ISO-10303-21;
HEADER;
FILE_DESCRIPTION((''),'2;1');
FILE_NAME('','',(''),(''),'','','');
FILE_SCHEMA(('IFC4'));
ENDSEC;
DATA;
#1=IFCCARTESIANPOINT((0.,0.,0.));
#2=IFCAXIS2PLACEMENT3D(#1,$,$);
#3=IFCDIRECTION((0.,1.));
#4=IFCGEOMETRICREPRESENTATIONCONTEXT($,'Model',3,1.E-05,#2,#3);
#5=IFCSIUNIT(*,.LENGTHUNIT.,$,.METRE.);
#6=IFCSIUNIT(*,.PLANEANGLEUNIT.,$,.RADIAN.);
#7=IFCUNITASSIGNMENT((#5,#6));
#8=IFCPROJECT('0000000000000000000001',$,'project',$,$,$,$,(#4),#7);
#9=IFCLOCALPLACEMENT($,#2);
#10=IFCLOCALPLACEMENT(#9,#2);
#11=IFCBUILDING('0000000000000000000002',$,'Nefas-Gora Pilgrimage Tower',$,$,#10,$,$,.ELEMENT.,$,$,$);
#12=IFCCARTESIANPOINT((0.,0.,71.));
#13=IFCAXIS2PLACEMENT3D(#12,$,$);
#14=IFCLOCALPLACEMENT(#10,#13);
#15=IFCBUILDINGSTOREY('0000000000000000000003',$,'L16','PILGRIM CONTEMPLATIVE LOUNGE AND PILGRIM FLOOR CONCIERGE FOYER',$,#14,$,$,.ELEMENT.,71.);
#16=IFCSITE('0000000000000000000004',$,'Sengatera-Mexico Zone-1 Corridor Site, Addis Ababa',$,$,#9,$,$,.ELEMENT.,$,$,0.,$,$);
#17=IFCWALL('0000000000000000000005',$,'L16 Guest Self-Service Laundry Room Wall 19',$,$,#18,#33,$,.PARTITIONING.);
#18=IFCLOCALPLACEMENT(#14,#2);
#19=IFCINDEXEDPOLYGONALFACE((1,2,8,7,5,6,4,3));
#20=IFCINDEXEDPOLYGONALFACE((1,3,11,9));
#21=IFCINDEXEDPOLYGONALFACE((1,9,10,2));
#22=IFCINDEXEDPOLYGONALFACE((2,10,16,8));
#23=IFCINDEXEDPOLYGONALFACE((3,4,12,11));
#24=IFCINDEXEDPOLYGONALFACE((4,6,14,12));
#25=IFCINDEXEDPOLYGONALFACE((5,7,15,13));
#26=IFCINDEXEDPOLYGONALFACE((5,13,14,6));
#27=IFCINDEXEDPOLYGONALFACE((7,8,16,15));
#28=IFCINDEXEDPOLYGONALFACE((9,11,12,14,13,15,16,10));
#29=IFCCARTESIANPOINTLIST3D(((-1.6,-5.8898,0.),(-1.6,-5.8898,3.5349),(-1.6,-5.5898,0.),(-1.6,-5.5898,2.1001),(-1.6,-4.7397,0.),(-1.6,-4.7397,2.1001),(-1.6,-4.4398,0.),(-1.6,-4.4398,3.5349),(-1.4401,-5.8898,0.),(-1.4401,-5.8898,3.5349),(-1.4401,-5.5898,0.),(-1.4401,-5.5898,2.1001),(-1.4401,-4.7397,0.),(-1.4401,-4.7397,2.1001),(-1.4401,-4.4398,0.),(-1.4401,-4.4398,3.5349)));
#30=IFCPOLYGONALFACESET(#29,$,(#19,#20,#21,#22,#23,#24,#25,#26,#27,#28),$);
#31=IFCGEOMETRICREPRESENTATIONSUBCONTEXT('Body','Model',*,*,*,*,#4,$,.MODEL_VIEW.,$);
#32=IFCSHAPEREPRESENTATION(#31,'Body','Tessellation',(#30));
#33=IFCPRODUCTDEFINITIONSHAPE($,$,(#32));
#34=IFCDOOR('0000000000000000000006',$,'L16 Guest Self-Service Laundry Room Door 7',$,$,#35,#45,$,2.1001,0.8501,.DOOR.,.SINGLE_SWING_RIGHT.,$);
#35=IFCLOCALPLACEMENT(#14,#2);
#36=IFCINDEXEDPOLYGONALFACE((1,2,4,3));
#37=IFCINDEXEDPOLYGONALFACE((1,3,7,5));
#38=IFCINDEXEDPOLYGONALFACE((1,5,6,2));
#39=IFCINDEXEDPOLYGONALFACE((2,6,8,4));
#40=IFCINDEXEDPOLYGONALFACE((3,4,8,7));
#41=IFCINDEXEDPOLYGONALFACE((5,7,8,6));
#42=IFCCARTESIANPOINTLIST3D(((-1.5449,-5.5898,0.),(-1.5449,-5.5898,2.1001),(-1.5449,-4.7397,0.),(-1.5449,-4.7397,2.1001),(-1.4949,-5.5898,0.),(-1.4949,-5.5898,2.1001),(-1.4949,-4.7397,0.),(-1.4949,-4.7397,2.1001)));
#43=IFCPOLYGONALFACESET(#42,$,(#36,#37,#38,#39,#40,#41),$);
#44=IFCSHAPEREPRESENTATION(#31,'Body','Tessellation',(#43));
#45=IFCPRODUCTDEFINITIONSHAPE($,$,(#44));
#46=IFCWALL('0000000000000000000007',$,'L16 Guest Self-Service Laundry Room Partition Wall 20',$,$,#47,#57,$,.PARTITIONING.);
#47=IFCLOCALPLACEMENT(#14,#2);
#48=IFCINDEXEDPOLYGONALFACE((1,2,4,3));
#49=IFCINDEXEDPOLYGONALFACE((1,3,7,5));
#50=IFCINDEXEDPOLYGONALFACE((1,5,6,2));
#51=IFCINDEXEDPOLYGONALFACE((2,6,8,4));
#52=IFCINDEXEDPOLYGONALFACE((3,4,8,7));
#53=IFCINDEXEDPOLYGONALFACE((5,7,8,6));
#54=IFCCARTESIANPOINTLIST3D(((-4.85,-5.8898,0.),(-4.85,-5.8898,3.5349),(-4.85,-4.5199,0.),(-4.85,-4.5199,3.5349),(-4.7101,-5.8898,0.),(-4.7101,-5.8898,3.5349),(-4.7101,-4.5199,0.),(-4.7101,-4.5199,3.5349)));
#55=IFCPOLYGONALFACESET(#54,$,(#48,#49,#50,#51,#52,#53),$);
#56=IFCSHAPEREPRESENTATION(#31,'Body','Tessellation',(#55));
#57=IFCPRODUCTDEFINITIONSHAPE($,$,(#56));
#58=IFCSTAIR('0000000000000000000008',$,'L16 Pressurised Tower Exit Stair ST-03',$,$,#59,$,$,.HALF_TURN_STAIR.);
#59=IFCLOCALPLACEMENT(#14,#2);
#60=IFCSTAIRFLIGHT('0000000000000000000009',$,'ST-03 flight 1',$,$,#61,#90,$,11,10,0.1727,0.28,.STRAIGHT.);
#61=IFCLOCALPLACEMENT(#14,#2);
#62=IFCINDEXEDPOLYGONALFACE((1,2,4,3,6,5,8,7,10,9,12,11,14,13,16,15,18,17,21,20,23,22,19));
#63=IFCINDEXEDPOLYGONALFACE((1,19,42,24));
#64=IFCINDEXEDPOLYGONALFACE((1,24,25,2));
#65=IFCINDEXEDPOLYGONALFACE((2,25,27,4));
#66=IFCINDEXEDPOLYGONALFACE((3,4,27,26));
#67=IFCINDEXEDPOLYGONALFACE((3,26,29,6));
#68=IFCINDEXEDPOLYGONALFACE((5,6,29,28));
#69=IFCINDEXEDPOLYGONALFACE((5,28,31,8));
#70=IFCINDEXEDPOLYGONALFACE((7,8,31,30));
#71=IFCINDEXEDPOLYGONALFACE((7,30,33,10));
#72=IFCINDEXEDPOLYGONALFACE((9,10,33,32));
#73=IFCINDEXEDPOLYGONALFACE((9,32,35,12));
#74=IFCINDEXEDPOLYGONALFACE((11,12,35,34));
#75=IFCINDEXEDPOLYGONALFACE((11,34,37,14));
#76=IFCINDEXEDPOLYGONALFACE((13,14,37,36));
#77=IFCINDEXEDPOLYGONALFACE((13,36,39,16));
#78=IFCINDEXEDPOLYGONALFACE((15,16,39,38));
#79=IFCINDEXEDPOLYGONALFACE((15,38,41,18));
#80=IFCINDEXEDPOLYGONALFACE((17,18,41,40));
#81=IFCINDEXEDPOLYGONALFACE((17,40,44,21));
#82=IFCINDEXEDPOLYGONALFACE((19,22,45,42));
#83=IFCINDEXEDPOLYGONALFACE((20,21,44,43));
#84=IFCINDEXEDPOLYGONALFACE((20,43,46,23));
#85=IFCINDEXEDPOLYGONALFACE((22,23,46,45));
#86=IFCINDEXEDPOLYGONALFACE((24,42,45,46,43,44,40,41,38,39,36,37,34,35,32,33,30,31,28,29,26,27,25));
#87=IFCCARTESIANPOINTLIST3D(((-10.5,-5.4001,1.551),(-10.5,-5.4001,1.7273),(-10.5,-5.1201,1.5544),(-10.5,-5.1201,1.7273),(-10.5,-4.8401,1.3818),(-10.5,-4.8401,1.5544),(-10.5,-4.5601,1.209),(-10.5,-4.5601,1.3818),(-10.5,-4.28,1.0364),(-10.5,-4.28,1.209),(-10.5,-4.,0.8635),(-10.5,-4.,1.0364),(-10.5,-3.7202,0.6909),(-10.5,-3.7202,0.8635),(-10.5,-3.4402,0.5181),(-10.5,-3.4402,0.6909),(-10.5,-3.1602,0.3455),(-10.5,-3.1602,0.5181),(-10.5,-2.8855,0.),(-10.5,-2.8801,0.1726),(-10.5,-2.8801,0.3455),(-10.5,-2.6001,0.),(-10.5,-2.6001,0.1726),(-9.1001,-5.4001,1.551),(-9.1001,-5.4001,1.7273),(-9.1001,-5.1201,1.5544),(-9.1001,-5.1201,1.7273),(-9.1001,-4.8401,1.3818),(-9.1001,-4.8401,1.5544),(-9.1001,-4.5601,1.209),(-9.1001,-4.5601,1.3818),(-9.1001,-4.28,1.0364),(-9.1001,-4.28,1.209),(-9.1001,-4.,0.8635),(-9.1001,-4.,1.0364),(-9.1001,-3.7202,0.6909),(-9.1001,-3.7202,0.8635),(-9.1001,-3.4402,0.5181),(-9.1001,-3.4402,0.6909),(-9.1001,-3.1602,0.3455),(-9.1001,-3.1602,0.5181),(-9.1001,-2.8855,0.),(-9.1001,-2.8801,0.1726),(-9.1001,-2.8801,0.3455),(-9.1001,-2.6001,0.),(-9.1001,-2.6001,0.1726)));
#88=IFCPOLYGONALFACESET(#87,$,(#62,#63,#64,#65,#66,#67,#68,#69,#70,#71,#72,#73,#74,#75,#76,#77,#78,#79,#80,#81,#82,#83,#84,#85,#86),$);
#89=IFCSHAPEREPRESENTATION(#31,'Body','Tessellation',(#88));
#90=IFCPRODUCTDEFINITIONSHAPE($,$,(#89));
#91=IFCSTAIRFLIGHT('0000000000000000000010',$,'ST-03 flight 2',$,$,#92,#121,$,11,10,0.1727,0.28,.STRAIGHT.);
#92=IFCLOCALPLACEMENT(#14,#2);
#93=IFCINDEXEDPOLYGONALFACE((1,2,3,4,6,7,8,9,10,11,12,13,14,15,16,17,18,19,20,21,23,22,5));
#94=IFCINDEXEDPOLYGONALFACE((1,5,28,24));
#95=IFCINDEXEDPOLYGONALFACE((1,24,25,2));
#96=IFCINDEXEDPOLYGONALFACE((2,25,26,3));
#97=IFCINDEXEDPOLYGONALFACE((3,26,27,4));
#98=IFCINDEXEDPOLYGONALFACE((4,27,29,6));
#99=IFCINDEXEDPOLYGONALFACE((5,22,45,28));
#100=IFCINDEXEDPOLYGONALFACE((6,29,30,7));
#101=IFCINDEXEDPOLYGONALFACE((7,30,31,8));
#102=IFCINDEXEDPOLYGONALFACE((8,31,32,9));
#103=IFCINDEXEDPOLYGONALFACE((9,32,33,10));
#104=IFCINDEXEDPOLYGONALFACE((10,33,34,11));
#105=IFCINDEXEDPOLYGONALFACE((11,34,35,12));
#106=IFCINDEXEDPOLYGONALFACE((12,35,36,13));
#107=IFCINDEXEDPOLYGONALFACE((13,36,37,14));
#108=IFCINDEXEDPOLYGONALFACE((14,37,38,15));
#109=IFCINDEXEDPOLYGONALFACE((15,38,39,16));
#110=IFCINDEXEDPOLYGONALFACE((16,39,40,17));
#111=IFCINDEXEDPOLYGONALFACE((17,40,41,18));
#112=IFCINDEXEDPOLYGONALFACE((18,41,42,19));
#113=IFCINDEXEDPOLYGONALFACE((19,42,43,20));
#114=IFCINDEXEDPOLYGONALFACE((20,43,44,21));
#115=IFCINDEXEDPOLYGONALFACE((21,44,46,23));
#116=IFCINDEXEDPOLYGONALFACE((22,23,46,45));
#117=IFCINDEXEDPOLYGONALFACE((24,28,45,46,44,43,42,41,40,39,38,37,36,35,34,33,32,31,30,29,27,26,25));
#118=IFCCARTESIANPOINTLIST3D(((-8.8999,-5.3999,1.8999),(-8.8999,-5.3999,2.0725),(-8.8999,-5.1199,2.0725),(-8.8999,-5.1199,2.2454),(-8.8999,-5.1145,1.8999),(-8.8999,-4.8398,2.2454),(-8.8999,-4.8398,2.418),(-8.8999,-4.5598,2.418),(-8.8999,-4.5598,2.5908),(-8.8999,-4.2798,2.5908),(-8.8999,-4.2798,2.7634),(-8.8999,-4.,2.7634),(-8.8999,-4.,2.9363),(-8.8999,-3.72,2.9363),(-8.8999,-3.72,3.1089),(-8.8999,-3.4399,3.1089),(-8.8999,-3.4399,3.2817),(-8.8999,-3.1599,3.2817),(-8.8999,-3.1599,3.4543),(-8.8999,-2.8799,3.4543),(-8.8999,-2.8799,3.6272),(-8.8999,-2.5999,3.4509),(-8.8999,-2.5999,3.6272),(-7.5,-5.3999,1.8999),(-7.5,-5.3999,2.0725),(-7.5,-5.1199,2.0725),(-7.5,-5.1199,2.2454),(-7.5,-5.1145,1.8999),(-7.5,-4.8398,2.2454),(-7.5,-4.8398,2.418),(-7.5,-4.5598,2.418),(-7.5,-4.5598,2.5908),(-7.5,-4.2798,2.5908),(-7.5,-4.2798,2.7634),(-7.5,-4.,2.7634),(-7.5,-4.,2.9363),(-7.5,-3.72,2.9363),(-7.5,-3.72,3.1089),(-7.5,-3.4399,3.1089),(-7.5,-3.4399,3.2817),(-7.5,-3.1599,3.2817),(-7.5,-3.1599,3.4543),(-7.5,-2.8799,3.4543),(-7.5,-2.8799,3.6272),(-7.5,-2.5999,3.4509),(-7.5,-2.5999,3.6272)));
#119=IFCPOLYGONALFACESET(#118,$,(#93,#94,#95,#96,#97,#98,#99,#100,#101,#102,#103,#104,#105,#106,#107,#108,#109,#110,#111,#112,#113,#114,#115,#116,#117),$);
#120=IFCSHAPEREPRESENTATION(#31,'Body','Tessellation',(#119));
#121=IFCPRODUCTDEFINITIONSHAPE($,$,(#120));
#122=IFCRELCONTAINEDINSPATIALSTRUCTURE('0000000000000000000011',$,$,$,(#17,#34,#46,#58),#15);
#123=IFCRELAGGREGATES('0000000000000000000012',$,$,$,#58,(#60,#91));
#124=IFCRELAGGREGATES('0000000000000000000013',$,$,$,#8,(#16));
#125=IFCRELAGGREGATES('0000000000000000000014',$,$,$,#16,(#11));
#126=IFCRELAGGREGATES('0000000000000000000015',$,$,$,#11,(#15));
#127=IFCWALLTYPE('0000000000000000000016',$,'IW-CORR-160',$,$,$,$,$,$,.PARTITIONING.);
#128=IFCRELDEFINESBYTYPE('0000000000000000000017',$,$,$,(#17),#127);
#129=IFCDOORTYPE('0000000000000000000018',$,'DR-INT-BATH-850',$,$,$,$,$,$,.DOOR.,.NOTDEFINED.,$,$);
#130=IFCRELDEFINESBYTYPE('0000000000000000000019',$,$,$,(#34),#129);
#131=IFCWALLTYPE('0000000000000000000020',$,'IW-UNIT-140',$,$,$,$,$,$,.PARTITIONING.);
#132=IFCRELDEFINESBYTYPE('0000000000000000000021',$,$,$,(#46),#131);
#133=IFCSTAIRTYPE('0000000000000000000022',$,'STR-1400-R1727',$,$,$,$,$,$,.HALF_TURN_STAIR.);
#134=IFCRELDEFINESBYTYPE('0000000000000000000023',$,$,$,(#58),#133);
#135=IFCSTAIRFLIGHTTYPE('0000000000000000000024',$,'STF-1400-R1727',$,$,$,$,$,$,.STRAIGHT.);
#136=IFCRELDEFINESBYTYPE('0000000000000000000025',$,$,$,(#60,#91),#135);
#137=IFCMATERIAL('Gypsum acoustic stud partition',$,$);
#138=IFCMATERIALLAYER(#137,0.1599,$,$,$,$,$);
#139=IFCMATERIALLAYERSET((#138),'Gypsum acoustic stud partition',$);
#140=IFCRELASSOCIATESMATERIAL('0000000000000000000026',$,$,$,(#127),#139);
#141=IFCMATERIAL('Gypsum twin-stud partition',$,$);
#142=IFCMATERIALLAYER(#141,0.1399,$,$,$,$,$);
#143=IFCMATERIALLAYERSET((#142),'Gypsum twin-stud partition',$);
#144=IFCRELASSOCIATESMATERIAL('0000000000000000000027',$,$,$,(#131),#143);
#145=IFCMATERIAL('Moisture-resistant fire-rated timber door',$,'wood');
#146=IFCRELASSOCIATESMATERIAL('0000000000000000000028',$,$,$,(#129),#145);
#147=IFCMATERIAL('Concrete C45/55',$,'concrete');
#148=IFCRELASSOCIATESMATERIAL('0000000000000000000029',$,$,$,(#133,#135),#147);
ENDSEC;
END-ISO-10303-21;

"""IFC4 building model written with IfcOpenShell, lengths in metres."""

from ifc_helpers import new_model, si_unit, direction, frame, frame_2d, origin, place, context, subcontext, project, spatial, polyline, rectangle, outline, extrude, source, transform, mapped, material, layer, layer_set, type_object, element, fill, aggregate, save


model = new_model("IFC4")

# Units and contexts
model_context = context("Model", 3, precision=1e-05, world=origin(), true_north=direction((0.0, 1.0)))
body_context = subcontext(model_context, "Body", "Model", "MODEL_VIEW")
ifc_project = project(units=[si_unit("LENGTHUNIT", "METRE"), si_unit("PLANEANGLEUNIT", "RADIAN")], contexts=[model_context])

# Site, building, storey
site_placement = place(None, origin())
site = spatial("IfcSite", under=ifc_project, at=site_placement, Name="Sengatera-Mexico Zone-1 Corridor Site, Addis Ababa", CompositionType="ELEMENT", RefElevation=0.0)
building_placement = place(site_placement, origin())
building = spatial("IfcBuilding", under=site, at=building_placement, Name="Nefas-Gora Pilgrimage Tower", CompositionType="ELEMENT")
storey_placement = place(building_placement, frame((0.0, 0.0, 71.0)))
storey = spatial("IfcBuildingStorey", under=building, at=storey_placement, Name="L16", Description="PILGRIM CONTEMPLATIVE LOUNGE AND PILGRIM FLOOR CONCIERGE FOYER", CompositionType="ELEMENT", Elevation=71.0)

# Shared definitions
ifc_material_1 = material(Name="Concrete C45/55", Category="concrete")

# Shared definitions
ifc_material_2 = material(Name="Gypsum acoustic stud partition")
ifc_layer_1 = layer(ifc_material_2, 0.1599)
ifc_layer_set_1 = layer_set([ifc_layer_1], Name="Gypsum acoustic stud partition")
wall_type_1 = type_object("IfcWallType", Name="IW-CORR-160", PredefinedType="PARTITIONING", material=ifc_layer_set_1)
ifc_material_3 = material(Name="Gypsum twin-stud partition")
ifc_layer_2 = layer(ifc_material_3, 0.1399)
ifc_layer_set_2 = layer_set([ifc_layer_2], Name="Gypsum twin-stud partition")
wall_type_2 = type_object("IfcWallType", Name="IW-UNIT-140", PredefinedType="PARTITIONING", material=ifc_layer_set_2)

# Shared definitions
ifc_material_4 = material(Name="Moisture-resistant fire-rated timber door", Category="wood")
door_type_1 = type_object("IfcDoorType", Name="DR-INT-BATH-850", OperationType="NOTDEFINED", PredefinedType="DOOR", material=ifc_material_4)
shared_shape_1 = source(origin(), body_context, "Body", "SweptSolid", [
    extrude(rectangle(XDim=0.8501, YDim=2.1001, at=frame_2d((0.425, 1.05))), frame((0.0, 0.0249, 0.0), z_axis=(0.0, -1.0, 0.0), x_axis=(1.0, 0.0, 0.0)), (0.0, 0.0, 1.0), 0.05),
])

# Wall, opening, door
shared_shape_2 = source(origin(), body_context, "Body", "SweptSolid", [
    extrude(rectangle(XDim=1.45, YDim=0.1599, at=frame_2d((0.7251, 0.0))), origin(), (0.0, 0.0, 1.0), 3.5349),
])
wall_1_placement = place(storey_placement, frame((-1.52, -5.8899, 0.0), z_axis=(0.0, 0.0, 1.0), x_axis=(0.0, 1.0, 0.0)))
wall_1 = element("IfcWall", 1, at=wall_1_placement, inside=storey, type_object=wall_type_1, Name="L16 Guest Self-Service Laundry Room Wall 19", PredefinedType="PARTITIONING", context=body_context, shape_type="MappedRepresentation", body=[
    mapped(shared_shape_2, transform((0.0, 0.0, 0.0), x_axis=(1.0, 0.0, 0.0), y_axis=(0.0, 1.0, 0.0), z_axis=(0.0, 0.0, 1.0), scale=1.0)),
])
opening_1_placement = place(wall_1_placement, frame((0.3, 0.0, 0.0)))
opening_1 = element("IfcOpeningElement", 2, at=opening_1_placement, cuts=wall_1, PredefinedType="OPENING", context=body_context, shape_type="SweptSolid", body=[
    extrude(rectangle(XDim=0.8501, YDim=2.1001, at=frame_2d((0.425, 1.05))), frame((0.0, 0.0898, 0.0), z_axis=(0.0, -1.0, 0.0), x_axis=(1.0, 0.0, 0.0)), (0.0, 0.0, 1.0), 0.1799),
])
door_1_placement = place(opening_1_placement, origin())
door_1 = element("IfcDoor", 3, at=door_1_placement, inside=storey, type_object=door_type_1, Name="L16 Guest Self-Service Laundry Room Door 7", OperationType="SINGLE_SWING_RIGHT", OverallHeight=2.1001, OverallWidth=0.8501, PredefinedType="DOOR", context=body_context, shape_type="MappedRepresentation", body=[
    mapped(shared_shape_1, transform((0.0, 0.0, 0.0), x_axis=(1.0, 0.0, 0.0), y_axis=(0.0, 1.0, 0.0), z_axis=(0.0, 0.0, 1.0), scale=1.0)),
])
fill(opening_1, door_1)

# Wall
shared_shape_3 = source(origin(), body_context, "Body", "SweptSolid", [
    extrude(rectangle(XDim=1.3699, YDim=0.1399, at=frame_2d((0.6851, 0.0))), origin(), (0.0, 0.0, 1.0), 3.5349),
])
wall_2_placement = place(storey_placement, frame((-4.78, -5.8899, 0.0), z_axis=(0.0, 0.0, 1.0), x_axis=(0.0, 1.0, 0.0)))
element("IfcWall", 4, at=wall_2_placement, inside=storey, type_object=wall_type_2, Name="L16 Guest Self-Service Laundry Room Partition Wall 20", PredefinedType="PARTITIONING", context=body_context, shape_type="MappedRepresentation", body=[
    mapped(shared_shape_3, transform((0.0, 0.0, 0.0), x_axis=(1.0, 0.0, 0.0), y_axis=(0.0, 1.0, 0.0), z_axis=(0.0, 0.0, 1.0), scale=1.0)),
])

# Stair, stair flights
stair_type = type_object("IfcStairType", Name="STR-1400-R1727", PredefinedType="HALF_TURN_STAIR", material=ifc_material_1)
stair_placement = place(storey_placement, origin())
stair = element("IfcStair", 5, at=stair_placement, inside=storey, type_object=stair_type, Name="L16 Pressurised Tower Exit Stair ST-03", PredefinedType="HALF_TURN_STAIR")
stair_flight_type = type_object("IfcStairFlightType", Name="STF-1400-R1727", PredefinedType="STRAIGHT", material=ifc_material_1)
shared_shape_4 = source(origin(), body_context, "Body", "SweptSolid", [
    extrude(outline(polyline([(0.0, 0.0), (0.0, 0.1726), (0.28, 0.1726), (0.28, 0.3455), (0.5601, 0.3455), (0.5601, 0.5181), (0.8401, 0.5181), (0.8401, 0.6909), (1.1201, 0.6909), (1.1201, 0.8635), (1.3999, 0.8635), (1.3999, 1.0364), (1.6799, 1.0364), (1.6799, 1.209), (1.96, 1.209), (1.96, 1.3818), (2.24, 1.3818), (2.24, 1.5544), (2.52, 1.5544), (2.52, 1.7273), (2.8, 1.7273), (2.8, 1.8999), (2.8, 1.551), (0.2854, 0.0), (0.0, 0.0)])), frame((0.0, 0.7, 0.0), z_axis=(0.0, -1.0, 0.0), x_axis=(1.0, 0.0, 0.0)), (0.0, 0.0, 1.0), 1.3999),
])
stair_flight_1_placement = place(storey_placement, frame((-9.8, -2.6001, 0.0), z_axis=(0.0, 0.0, 1.0), x_axis=(0.0, -1.0, 0.0)))
stair_flight_1 = element("IfcStairFlight", 6, at=stair_flight_1_placement, type_object=stair_flight_type, Name="ST-03 flight 1", NumberOfRisers=11, NumberOfTreads=10, PredefinedType="STRAIGHT", RiserHeight=0.1727, TreadLength=0.28, context=body_context, shape_type="MappedRepresentation", body=[
    mapped(shared_shape_4, transform((0.0, 0.0, 0.0), x_axis=(1.0, 0.0, 0.0), y_axis=(0.0, 1.0, 0.0), z_axis=(0.0, 0.0, 1.0), scale=1.0)),
])
stair_flight_2_placement = place(storey_placement, frame((-8.2, -5.3999, 1.8999), z_axis=(0.0, 0.0, 1.0), x_axis=(0.0, 1.0, 0.0)))
stair_flight_2 = element("IfcStairFlight", 7, at=stair_flight_2_placement, type_object=stair_flight_type, Name="ST-03 flight 2", NumberOfRisers=11, NumberOfTreads=10, PredefinedType="STRAIGHT", RiserHeight=0.1727, TreadLength=0.28, context=body_context, shape_type="MappedRepresentation", body=[
    mapped(shared_shape_4, transform((0.0, 0.0, 0.0), x_axis=(1.0, 0.0, 0.0), y_axis=(0.0, 1.0, 0.0), z_axis=(0.0, 0.0, 1.0), scale=1.0)),
])
aggregate(stair, [stair_flight_1, stair_flight_2])

save(model, "model.ifc")
